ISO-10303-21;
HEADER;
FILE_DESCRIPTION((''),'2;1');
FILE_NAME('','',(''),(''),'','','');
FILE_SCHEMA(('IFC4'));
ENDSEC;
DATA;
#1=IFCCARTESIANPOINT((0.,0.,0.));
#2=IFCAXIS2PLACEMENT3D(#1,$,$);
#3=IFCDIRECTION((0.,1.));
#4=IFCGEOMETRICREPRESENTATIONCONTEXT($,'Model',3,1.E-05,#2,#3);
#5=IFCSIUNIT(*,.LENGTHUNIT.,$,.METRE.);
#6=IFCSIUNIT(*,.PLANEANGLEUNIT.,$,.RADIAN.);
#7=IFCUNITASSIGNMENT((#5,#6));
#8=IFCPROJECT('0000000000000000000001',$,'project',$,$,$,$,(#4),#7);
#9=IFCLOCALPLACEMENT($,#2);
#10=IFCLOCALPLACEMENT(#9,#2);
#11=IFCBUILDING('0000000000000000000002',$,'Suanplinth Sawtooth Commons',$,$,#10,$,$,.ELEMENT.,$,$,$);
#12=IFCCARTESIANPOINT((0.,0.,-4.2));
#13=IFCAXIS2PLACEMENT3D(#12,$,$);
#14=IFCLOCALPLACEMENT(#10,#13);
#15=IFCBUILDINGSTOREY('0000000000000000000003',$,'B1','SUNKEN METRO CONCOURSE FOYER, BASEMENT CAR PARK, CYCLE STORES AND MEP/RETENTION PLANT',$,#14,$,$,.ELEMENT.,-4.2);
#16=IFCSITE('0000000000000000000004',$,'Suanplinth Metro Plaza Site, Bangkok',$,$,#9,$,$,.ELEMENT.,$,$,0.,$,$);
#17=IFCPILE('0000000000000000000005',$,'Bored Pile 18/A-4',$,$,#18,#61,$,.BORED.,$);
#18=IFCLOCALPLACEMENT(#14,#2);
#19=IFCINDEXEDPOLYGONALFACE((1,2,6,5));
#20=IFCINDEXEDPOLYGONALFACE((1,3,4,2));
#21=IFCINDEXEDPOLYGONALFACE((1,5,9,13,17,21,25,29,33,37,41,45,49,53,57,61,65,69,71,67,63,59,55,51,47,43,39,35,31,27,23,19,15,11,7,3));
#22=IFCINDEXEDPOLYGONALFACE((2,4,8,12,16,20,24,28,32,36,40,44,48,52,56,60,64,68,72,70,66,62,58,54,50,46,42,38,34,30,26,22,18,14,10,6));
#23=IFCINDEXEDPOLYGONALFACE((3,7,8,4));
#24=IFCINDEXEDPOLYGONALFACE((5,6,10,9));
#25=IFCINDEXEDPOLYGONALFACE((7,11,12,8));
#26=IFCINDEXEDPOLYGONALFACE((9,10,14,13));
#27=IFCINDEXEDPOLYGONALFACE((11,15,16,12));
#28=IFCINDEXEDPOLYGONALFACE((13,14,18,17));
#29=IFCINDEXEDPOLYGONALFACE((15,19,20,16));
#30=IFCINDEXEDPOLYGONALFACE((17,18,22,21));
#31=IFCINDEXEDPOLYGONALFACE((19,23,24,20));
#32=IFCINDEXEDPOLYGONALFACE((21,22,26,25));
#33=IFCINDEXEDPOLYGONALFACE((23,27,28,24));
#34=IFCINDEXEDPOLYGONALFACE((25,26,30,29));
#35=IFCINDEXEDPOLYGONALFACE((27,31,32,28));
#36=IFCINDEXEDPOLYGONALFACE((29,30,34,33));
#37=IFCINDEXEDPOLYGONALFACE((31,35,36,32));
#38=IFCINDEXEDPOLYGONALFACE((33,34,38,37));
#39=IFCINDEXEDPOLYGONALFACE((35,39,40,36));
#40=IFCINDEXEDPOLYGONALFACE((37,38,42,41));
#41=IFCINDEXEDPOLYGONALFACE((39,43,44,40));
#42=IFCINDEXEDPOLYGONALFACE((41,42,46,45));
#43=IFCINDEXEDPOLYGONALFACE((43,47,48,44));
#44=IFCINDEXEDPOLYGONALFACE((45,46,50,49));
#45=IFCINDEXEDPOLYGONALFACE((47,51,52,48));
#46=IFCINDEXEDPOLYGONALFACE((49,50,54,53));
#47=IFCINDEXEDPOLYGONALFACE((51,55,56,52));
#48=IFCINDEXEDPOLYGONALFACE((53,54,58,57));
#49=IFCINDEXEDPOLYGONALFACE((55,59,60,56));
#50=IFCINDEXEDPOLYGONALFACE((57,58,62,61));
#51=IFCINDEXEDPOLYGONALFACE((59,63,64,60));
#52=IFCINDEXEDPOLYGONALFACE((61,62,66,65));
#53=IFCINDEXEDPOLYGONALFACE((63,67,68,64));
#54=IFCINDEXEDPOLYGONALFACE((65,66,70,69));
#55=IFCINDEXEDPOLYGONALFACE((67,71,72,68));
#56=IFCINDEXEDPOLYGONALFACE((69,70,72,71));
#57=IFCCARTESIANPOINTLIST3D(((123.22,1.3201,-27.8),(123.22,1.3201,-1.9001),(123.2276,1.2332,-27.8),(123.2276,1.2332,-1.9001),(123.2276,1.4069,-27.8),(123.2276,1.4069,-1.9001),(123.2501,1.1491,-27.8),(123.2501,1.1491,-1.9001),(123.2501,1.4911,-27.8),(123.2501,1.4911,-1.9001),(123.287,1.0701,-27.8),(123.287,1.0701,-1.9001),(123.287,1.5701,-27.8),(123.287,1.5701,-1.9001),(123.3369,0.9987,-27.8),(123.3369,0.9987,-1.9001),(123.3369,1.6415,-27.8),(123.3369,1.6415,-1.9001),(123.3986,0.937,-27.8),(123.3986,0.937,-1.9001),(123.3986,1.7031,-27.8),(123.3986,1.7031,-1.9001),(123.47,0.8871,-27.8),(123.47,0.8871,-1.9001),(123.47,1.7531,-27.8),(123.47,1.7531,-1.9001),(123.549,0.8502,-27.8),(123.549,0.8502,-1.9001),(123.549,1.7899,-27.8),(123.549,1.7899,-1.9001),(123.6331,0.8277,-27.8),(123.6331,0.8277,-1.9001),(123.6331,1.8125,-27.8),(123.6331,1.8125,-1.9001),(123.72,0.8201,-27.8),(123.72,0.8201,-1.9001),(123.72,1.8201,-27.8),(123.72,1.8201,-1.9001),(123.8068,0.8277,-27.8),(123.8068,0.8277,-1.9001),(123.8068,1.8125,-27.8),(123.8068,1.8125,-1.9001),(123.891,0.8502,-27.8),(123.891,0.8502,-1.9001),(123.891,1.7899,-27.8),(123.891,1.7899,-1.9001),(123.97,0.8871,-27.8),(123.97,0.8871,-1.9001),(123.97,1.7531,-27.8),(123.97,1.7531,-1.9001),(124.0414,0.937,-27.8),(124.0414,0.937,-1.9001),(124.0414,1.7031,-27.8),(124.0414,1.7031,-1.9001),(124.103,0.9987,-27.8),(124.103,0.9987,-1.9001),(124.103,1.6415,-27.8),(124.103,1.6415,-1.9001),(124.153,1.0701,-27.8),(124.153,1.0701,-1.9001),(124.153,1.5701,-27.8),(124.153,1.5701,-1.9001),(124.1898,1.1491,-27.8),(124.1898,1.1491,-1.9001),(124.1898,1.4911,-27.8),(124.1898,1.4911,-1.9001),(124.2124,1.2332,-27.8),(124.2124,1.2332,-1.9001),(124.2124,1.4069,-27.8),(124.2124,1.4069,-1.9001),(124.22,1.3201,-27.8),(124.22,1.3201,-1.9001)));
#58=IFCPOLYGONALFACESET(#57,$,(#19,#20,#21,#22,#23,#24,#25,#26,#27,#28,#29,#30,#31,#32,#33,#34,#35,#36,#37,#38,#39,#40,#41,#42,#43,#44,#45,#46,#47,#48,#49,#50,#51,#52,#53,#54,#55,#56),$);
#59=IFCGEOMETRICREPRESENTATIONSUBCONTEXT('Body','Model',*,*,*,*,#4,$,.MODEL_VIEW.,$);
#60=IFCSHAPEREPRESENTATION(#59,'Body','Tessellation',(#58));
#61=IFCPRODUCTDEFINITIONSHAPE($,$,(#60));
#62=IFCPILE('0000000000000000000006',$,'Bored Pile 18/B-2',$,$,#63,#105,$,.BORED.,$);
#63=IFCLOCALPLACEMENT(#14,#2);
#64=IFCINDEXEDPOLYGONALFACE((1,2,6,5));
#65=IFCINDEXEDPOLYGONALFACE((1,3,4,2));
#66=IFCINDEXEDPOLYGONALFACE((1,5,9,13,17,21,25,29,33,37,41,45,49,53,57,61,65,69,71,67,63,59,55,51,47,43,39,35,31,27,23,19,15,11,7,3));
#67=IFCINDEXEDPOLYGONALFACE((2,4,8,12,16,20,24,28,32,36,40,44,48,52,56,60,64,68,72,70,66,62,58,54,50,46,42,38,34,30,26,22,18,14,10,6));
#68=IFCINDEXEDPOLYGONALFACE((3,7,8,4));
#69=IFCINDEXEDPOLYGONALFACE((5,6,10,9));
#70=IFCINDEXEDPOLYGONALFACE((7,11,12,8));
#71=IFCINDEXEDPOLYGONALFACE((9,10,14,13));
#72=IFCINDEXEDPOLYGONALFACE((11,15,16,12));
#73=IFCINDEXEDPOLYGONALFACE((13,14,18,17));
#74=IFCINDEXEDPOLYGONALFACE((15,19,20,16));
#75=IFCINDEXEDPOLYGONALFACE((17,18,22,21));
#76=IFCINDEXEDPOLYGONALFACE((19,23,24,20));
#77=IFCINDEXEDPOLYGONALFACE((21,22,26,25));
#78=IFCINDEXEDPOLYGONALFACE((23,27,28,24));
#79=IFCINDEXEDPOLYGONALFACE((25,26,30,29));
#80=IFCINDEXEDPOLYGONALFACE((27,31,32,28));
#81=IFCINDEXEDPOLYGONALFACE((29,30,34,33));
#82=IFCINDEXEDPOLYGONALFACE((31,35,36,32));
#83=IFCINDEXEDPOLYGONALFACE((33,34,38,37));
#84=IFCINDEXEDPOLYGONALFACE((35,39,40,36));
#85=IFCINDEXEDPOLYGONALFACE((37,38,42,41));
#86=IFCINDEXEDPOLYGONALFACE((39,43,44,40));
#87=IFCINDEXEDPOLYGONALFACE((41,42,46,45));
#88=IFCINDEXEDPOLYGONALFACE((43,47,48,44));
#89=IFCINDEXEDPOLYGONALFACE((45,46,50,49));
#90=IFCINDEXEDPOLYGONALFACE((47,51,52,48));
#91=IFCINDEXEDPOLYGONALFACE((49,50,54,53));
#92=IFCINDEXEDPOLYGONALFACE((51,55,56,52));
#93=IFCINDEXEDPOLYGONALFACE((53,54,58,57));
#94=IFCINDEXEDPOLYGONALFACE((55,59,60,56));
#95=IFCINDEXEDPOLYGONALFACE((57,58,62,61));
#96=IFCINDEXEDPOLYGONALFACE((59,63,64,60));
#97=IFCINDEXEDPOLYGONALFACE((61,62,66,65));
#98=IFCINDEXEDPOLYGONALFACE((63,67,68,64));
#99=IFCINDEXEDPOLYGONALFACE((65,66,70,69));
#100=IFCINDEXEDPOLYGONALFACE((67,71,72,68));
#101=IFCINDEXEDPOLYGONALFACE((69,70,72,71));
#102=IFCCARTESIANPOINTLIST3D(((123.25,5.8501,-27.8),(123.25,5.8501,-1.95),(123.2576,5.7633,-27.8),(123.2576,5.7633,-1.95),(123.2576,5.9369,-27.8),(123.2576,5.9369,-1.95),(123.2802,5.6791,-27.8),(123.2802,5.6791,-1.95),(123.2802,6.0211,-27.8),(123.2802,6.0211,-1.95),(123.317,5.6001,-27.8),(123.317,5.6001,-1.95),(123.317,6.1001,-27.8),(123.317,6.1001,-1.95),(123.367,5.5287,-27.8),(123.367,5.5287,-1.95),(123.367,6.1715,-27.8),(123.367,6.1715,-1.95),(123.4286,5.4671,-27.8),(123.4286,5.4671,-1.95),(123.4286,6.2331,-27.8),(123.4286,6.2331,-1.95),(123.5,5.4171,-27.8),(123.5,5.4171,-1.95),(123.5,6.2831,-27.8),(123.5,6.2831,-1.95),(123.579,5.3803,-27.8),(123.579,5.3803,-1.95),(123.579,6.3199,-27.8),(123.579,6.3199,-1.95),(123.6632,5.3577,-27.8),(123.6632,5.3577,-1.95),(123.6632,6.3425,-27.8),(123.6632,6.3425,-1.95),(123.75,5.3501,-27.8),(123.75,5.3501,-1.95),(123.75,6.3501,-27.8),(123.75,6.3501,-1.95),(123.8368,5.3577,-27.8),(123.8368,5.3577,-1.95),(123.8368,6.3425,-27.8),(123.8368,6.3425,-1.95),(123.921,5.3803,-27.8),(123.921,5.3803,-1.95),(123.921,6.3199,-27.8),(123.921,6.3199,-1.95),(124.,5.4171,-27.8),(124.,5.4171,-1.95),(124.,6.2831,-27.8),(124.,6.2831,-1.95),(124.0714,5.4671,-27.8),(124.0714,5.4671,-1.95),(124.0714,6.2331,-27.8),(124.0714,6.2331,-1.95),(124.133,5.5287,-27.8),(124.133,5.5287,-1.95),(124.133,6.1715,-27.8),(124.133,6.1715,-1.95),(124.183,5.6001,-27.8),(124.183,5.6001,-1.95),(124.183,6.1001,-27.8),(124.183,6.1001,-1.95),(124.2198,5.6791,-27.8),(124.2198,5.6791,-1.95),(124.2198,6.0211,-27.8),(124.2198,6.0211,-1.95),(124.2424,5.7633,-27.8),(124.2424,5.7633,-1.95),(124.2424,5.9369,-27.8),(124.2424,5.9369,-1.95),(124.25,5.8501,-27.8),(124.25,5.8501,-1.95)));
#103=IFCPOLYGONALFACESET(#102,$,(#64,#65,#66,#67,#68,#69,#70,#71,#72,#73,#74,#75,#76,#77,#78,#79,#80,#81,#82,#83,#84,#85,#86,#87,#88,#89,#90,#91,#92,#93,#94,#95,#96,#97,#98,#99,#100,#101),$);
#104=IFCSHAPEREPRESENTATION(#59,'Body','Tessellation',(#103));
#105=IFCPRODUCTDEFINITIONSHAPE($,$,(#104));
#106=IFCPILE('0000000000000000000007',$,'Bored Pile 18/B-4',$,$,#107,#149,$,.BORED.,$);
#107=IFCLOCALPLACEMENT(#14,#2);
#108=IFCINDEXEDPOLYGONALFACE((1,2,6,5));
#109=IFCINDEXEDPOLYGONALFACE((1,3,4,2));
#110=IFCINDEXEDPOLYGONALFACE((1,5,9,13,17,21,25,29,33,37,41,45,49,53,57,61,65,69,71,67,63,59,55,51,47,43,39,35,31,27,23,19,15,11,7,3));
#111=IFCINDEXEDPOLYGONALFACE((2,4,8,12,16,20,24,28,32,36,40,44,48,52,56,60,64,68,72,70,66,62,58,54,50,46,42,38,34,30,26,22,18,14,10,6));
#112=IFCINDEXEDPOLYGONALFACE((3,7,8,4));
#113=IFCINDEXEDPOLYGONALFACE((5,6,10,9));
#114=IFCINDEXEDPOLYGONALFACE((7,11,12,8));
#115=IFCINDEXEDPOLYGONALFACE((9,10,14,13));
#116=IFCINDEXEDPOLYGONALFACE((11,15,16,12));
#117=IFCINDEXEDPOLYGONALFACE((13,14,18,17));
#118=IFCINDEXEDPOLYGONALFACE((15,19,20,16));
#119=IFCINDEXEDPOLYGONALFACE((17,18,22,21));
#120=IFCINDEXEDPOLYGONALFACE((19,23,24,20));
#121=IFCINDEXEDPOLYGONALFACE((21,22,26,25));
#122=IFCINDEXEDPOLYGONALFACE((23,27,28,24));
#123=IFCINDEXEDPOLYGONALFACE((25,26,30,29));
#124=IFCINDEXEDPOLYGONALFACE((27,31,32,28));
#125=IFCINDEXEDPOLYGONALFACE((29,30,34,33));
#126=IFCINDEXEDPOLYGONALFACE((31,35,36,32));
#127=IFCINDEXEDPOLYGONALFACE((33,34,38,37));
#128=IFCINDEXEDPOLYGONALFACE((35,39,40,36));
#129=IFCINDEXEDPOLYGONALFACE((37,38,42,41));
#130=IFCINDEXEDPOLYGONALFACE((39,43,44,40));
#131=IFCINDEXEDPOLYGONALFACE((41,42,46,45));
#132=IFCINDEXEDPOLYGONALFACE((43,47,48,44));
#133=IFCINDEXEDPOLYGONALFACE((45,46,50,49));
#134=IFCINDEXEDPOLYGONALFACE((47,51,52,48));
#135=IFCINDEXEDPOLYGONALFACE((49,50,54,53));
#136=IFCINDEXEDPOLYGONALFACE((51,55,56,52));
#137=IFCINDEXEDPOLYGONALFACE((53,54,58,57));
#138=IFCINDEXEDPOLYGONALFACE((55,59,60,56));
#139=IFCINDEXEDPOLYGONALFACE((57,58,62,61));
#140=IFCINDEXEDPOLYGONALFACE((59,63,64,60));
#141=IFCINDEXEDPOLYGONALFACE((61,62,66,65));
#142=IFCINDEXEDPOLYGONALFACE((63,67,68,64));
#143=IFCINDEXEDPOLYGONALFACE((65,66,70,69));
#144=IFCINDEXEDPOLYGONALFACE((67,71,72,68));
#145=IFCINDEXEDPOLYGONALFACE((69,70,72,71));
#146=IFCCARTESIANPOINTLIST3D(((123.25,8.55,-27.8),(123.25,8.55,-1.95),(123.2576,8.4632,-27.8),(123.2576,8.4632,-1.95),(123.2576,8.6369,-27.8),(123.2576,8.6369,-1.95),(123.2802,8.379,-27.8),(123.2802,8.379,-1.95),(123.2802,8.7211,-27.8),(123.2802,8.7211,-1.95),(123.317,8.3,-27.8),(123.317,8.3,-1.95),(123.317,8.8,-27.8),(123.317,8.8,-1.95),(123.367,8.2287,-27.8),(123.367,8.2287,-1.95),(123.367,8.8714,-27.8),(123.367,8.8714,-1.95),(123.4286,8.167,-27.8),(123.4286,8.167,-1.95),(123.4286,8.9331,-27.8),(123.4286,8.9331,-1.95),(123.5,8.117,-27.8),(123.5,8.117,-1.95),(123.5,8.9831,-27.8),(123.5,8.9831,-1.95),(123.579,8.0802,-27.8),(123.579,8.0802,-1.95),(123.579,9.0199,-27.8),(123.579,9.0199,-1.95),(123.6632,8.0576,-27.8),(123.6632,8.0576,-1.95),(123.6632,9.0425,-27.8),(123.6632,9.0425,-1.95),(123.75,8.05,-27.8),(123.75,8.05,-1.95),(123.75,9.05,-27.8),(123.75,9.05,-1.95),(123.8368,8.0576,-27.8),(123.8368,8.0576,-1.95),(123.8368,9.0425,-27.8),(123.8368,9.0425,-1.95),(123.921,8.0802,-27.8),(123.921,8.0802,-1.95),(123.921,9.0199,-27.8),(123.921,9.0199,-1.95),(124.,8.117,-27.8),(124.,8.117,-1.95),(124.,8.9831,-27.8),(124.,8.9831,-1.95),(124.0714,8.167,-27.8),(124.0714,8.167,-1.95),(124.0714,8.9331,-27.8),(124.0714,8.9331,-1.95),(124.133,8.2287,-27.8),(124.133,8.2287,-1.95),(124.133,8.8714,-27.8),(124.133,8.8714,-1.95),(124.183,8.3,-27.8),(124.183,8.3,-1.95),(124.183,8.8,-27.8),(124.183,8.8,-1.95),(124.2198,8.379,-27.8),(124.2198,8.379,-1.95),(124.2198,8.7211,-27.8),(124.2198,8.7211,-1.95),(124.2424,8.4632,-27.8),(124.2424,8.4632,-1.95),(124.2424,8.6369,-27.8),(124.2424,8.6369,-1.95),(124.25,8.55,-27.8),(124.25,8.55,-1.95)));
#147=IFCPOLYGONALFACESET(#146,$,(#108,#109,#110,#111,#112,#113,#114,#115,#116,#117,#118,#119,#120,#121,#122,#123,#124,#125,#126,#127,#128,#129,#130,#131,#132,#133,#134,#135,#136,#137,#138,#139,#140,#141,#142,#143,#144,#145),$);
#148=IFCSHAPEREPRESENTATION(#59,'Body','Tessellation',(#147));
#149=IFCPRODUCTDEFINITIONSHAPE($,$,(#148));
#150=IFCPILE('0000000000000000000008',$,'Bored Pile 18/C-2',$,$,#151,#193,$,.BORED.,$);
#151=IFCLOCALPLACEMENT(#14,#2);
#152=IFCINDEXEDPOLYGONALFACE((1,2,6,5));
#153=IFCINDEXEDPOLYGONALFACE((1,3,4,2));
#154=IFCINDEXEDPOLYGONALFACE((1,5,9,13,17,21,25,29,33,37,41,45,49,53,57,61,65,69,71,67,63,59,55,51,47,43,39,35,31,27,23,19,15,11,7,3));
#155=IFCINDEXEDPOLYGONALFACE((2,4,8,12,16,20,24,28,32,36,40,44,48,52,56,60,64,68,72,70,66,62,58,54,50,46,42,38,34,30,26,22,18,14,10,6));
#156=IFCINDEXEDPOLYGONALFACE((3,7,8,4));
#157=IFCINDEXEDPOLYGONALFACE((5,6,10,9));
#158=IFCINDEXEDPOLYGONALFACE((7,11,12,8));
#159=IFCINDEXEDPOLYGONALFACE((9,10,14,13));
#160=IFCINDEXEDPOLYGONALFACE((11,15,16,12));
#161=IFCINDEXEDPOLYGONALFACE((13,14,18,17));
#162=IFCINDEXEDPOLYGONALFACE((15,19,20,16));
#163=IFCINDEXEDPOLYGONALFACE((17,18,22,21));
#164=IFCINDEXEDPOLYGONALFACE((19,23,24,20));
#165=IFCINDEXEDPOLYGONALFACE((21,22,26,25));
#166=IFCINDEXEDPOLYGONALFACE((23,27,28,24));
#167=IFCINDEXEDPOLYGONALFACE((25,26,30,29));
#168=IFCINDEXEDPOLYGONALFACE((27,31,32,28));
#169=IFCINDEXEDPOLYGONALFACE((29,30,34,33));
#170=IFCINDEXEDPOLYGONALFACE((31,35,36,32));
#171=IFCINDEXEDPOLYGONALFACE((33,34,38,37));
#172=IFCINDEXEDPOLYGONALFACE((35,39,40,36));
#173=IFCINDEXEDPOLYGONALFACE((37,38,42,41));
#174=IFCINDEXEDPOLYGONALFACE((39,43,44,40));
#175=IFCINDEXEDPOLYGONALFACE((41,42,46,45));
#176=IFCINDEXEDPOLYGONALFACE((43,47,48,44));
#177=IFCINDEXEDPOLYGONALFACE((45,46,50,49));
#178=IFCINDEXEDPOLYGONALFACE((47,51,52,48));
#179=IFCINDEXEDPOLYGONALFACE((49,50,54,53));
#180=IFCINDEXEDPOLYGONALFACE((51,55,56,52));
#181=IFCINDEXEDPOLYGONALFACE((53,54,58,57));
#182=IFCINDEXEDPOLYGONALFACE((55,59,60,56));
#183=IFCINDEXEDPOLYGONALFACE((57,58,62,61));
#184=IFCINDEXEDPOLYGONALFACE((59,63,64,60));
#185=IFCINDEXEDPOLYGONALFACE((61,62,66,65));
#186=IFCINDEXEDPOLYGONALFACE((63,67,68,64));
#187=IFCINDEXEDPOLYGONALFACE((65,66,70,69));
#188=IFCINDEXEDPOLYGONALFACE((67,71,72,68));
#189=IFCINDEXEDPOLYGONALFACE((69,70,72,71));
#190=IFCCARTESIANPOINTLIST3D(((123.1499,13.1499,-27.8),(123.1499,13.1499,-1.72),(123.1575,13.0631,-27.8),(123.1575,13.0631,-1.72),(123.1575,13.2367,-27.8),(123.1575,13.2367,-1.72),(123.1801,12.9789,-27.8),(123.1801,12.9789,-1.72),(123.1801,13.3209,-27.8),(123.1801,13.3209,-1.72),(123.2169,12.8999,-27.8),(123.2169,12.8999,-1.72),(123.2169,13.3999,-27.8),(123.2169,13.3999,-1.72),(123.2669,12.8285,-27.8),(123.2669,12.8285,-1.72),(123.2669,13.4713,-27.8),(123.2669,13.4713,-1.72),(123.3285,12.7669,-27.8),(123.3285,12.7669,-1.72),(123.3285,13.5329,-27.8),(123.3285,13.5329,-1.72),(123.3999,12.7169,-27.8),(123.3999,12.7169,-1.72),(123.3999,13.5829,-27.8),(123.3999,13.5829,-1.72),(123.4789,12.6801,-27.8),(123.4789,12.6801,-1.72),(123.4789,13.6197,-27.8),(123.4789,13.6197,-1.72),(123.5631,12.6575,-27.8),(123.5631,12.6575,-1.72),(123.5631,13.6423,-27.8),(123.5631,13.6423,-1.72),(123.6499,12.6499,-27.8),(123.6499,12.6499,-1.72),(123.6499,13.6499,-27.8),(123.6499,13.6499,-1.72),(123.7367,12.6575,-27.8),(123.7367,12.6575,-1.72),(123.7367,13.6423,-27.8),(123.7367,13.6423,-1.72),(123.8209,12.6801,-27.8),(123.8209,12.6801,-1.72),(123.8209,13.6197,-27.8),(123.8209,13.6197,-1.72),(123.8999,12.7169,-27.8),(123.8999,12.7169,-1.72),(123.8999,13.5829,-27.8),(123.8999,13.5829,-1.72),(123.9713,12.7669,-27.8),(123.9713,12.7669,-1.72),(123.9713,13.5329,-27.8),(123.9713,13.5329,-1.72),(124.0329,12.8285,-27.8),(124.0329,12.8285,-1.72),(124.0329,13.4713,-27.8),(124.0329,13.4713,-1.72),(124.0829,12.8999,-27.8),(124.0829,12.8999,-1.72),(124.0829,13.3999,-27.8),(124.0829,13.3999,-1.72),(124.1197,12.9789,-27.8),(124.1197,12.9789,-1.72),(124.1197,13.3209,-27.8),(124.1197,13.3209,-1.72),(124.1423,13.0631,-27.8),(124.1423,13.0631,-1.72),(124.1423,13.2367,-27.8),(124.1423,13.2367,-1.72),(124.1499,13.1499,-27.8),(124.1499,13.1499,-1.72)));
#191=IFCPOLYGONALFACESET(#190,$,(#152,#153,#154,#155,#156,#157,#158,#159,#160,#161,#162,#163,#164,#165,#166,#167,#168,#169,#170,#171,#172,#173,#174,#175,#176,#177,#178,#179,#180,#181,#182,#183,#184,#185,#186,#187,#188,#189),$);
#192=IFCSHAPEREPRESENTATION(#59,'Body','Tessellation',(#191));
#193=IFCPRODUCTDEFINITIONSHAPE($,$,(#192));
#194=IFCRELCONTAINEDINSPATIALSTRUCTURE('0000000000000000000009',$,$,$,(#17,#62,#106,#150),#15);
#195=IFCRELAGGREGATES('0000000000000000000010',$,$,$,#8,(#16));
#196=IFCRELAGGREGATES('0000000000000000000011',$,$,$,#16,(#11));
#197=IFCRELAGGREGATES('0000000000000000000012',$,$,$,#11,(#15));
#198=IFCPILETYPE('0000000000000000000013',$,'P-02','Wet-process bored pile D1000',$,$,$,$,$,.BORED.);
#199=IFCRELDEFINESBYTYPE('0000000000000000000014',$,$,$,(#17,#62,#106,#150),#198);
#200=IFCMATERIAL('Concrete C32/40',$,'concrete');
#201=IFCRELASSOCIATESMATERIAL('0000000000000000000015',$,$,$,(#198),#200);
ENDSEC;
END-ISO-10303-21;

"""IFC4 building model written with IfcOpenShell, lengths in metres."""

from ifc_helpers import new_model, si_unit, direction, frame, origin, origin_2d, place, context, subcontext, project, spatial, circle, extrude, material, material_profile, profile_set, type_object, element, save


model = new_model("IFC4")

# Units and contexts
model_context = context("Model", 3, precision=1e-05, world=origin(), true_north=direction((0.0, 1.0)))
body_context = subcontext(model_context, "Body", "Model", "MODEL_VIEW")
ifc_project = project(units=[si_unit("LENGTHUNIT", "METRE"), si_unit("PLANEANGLEUNIT", "RADIAN")], contexts=[model_context])

# Site, building, storey
site_placement = place(None, origin())
site = spatial("IfcSite", under=ifc_project, at=site_placement, Name="Suanplinth Metro Plaza Site, Bangkok", CompositionType="ELEMENT", RefElevation=0.0)
building_placement = place(site_placement, origin())
building = spatial("IfcBuilding", under=site, at=building_placement, Name="Suanplinth Sawtooth Commons", CompositionType="ELEMENT")
storey_placement = place(building_placement, frame((0.0, 0.0, -4.2)))
storey = spatial("IfcBuildingStorey", under=building, at=storey_placement, Name="B1", Description="SUNKEN METRO CONCOURSE FOYER, BASEMENT CAR PARK, CYCLE STORES AND MEP/RETENTION PLANT", CompositionType="ELEMENT", Elevation=-4.2)

# Piles
ifc_material_1 = material(Name="Concrete C32/40", Category="concrete")
ifc_material_profile_1 = material_profile(ifc_material_1, circle(Radius=0.5, at=origin_2d()), Name="PILE D1000")
ifc_profile_set_1 = profile_set([ifc_material_profile_1], Name="Concrete C32/40")
pile_type = type_object("IfcPileType", Name="P-02", Description="Wet-process bored pile D1000", PredefinedType="BORED", material=ifc_profile_set_1)
for number, where, z_axis, x_axis, name in (
    (1, (123.72, 1.3201, -1.9001), (0.0, 0.0, -1.0), (1.0, 0.0, 0.0), "Bored Pile 18/A-4"),
):
    element("IfcPile", number, at=place(storey_placement, frame(where, z_axis=z_axis, x_axis=x_axis)), inside=storey, type_object=pile_type, Name=name, PredefinedType="BORED", context=body_context, shape_type="SweptSolid", body=[
        extrude(circle(Radius=0.5, at=origin_2d()), origin(), (0.0, 0.0, 1.0), 25.8999),
    ])
for number, where, z_axis, x_axis, name in (
    (2, (123.75, 5.8501, -1.95), (0.0, 0.0, -1.0), (1.0, 0.0, 0.0), "Bored Pile 18/B-2"),
    (3, (123.75, 8.55, -1.95), (0.0, 0.0, -1.0), (1.0, 0.0, 0.0), "Bored Pile 18/B-4"),
):
    element("IfcPile", number, at=place(storey_placement, frame(where, z_axis=z_axis, x_axis=x_axis)), inside=storey, type_object=pile_type, Name=name, PredefinedType="BORED", context=body_context, shape_type="SweptSolid", body=[
        extrude(circle(Radius=0.5, at=origin_2d()), origin(), (0.0, 0.0, 1.0), 25.8501),
    ])
for number, where, z_axis, x_axis, name in (
    (4, (123.6499, 13.1499, -1.72), (0.0, 0.0, -1.0), (1.0, 0.0, 0.0), "Bored Pile 18/C-2"),
):
    element("IfcPile", number, at=place(storey_placement, frame(where, z_axis=z_axis, x_axis=x_axis)), inside=storey, type_object=pile_type, Name=name, PredefinedType="BORED", context=body_context, shape_type="SweptSolid", body=[
        extrude(circle(Radius=0.5, at=origin_2d()), origin(), (0.0, 0.0, 1.0), 26.0801),
    ])

save(model, "model.ifc")
